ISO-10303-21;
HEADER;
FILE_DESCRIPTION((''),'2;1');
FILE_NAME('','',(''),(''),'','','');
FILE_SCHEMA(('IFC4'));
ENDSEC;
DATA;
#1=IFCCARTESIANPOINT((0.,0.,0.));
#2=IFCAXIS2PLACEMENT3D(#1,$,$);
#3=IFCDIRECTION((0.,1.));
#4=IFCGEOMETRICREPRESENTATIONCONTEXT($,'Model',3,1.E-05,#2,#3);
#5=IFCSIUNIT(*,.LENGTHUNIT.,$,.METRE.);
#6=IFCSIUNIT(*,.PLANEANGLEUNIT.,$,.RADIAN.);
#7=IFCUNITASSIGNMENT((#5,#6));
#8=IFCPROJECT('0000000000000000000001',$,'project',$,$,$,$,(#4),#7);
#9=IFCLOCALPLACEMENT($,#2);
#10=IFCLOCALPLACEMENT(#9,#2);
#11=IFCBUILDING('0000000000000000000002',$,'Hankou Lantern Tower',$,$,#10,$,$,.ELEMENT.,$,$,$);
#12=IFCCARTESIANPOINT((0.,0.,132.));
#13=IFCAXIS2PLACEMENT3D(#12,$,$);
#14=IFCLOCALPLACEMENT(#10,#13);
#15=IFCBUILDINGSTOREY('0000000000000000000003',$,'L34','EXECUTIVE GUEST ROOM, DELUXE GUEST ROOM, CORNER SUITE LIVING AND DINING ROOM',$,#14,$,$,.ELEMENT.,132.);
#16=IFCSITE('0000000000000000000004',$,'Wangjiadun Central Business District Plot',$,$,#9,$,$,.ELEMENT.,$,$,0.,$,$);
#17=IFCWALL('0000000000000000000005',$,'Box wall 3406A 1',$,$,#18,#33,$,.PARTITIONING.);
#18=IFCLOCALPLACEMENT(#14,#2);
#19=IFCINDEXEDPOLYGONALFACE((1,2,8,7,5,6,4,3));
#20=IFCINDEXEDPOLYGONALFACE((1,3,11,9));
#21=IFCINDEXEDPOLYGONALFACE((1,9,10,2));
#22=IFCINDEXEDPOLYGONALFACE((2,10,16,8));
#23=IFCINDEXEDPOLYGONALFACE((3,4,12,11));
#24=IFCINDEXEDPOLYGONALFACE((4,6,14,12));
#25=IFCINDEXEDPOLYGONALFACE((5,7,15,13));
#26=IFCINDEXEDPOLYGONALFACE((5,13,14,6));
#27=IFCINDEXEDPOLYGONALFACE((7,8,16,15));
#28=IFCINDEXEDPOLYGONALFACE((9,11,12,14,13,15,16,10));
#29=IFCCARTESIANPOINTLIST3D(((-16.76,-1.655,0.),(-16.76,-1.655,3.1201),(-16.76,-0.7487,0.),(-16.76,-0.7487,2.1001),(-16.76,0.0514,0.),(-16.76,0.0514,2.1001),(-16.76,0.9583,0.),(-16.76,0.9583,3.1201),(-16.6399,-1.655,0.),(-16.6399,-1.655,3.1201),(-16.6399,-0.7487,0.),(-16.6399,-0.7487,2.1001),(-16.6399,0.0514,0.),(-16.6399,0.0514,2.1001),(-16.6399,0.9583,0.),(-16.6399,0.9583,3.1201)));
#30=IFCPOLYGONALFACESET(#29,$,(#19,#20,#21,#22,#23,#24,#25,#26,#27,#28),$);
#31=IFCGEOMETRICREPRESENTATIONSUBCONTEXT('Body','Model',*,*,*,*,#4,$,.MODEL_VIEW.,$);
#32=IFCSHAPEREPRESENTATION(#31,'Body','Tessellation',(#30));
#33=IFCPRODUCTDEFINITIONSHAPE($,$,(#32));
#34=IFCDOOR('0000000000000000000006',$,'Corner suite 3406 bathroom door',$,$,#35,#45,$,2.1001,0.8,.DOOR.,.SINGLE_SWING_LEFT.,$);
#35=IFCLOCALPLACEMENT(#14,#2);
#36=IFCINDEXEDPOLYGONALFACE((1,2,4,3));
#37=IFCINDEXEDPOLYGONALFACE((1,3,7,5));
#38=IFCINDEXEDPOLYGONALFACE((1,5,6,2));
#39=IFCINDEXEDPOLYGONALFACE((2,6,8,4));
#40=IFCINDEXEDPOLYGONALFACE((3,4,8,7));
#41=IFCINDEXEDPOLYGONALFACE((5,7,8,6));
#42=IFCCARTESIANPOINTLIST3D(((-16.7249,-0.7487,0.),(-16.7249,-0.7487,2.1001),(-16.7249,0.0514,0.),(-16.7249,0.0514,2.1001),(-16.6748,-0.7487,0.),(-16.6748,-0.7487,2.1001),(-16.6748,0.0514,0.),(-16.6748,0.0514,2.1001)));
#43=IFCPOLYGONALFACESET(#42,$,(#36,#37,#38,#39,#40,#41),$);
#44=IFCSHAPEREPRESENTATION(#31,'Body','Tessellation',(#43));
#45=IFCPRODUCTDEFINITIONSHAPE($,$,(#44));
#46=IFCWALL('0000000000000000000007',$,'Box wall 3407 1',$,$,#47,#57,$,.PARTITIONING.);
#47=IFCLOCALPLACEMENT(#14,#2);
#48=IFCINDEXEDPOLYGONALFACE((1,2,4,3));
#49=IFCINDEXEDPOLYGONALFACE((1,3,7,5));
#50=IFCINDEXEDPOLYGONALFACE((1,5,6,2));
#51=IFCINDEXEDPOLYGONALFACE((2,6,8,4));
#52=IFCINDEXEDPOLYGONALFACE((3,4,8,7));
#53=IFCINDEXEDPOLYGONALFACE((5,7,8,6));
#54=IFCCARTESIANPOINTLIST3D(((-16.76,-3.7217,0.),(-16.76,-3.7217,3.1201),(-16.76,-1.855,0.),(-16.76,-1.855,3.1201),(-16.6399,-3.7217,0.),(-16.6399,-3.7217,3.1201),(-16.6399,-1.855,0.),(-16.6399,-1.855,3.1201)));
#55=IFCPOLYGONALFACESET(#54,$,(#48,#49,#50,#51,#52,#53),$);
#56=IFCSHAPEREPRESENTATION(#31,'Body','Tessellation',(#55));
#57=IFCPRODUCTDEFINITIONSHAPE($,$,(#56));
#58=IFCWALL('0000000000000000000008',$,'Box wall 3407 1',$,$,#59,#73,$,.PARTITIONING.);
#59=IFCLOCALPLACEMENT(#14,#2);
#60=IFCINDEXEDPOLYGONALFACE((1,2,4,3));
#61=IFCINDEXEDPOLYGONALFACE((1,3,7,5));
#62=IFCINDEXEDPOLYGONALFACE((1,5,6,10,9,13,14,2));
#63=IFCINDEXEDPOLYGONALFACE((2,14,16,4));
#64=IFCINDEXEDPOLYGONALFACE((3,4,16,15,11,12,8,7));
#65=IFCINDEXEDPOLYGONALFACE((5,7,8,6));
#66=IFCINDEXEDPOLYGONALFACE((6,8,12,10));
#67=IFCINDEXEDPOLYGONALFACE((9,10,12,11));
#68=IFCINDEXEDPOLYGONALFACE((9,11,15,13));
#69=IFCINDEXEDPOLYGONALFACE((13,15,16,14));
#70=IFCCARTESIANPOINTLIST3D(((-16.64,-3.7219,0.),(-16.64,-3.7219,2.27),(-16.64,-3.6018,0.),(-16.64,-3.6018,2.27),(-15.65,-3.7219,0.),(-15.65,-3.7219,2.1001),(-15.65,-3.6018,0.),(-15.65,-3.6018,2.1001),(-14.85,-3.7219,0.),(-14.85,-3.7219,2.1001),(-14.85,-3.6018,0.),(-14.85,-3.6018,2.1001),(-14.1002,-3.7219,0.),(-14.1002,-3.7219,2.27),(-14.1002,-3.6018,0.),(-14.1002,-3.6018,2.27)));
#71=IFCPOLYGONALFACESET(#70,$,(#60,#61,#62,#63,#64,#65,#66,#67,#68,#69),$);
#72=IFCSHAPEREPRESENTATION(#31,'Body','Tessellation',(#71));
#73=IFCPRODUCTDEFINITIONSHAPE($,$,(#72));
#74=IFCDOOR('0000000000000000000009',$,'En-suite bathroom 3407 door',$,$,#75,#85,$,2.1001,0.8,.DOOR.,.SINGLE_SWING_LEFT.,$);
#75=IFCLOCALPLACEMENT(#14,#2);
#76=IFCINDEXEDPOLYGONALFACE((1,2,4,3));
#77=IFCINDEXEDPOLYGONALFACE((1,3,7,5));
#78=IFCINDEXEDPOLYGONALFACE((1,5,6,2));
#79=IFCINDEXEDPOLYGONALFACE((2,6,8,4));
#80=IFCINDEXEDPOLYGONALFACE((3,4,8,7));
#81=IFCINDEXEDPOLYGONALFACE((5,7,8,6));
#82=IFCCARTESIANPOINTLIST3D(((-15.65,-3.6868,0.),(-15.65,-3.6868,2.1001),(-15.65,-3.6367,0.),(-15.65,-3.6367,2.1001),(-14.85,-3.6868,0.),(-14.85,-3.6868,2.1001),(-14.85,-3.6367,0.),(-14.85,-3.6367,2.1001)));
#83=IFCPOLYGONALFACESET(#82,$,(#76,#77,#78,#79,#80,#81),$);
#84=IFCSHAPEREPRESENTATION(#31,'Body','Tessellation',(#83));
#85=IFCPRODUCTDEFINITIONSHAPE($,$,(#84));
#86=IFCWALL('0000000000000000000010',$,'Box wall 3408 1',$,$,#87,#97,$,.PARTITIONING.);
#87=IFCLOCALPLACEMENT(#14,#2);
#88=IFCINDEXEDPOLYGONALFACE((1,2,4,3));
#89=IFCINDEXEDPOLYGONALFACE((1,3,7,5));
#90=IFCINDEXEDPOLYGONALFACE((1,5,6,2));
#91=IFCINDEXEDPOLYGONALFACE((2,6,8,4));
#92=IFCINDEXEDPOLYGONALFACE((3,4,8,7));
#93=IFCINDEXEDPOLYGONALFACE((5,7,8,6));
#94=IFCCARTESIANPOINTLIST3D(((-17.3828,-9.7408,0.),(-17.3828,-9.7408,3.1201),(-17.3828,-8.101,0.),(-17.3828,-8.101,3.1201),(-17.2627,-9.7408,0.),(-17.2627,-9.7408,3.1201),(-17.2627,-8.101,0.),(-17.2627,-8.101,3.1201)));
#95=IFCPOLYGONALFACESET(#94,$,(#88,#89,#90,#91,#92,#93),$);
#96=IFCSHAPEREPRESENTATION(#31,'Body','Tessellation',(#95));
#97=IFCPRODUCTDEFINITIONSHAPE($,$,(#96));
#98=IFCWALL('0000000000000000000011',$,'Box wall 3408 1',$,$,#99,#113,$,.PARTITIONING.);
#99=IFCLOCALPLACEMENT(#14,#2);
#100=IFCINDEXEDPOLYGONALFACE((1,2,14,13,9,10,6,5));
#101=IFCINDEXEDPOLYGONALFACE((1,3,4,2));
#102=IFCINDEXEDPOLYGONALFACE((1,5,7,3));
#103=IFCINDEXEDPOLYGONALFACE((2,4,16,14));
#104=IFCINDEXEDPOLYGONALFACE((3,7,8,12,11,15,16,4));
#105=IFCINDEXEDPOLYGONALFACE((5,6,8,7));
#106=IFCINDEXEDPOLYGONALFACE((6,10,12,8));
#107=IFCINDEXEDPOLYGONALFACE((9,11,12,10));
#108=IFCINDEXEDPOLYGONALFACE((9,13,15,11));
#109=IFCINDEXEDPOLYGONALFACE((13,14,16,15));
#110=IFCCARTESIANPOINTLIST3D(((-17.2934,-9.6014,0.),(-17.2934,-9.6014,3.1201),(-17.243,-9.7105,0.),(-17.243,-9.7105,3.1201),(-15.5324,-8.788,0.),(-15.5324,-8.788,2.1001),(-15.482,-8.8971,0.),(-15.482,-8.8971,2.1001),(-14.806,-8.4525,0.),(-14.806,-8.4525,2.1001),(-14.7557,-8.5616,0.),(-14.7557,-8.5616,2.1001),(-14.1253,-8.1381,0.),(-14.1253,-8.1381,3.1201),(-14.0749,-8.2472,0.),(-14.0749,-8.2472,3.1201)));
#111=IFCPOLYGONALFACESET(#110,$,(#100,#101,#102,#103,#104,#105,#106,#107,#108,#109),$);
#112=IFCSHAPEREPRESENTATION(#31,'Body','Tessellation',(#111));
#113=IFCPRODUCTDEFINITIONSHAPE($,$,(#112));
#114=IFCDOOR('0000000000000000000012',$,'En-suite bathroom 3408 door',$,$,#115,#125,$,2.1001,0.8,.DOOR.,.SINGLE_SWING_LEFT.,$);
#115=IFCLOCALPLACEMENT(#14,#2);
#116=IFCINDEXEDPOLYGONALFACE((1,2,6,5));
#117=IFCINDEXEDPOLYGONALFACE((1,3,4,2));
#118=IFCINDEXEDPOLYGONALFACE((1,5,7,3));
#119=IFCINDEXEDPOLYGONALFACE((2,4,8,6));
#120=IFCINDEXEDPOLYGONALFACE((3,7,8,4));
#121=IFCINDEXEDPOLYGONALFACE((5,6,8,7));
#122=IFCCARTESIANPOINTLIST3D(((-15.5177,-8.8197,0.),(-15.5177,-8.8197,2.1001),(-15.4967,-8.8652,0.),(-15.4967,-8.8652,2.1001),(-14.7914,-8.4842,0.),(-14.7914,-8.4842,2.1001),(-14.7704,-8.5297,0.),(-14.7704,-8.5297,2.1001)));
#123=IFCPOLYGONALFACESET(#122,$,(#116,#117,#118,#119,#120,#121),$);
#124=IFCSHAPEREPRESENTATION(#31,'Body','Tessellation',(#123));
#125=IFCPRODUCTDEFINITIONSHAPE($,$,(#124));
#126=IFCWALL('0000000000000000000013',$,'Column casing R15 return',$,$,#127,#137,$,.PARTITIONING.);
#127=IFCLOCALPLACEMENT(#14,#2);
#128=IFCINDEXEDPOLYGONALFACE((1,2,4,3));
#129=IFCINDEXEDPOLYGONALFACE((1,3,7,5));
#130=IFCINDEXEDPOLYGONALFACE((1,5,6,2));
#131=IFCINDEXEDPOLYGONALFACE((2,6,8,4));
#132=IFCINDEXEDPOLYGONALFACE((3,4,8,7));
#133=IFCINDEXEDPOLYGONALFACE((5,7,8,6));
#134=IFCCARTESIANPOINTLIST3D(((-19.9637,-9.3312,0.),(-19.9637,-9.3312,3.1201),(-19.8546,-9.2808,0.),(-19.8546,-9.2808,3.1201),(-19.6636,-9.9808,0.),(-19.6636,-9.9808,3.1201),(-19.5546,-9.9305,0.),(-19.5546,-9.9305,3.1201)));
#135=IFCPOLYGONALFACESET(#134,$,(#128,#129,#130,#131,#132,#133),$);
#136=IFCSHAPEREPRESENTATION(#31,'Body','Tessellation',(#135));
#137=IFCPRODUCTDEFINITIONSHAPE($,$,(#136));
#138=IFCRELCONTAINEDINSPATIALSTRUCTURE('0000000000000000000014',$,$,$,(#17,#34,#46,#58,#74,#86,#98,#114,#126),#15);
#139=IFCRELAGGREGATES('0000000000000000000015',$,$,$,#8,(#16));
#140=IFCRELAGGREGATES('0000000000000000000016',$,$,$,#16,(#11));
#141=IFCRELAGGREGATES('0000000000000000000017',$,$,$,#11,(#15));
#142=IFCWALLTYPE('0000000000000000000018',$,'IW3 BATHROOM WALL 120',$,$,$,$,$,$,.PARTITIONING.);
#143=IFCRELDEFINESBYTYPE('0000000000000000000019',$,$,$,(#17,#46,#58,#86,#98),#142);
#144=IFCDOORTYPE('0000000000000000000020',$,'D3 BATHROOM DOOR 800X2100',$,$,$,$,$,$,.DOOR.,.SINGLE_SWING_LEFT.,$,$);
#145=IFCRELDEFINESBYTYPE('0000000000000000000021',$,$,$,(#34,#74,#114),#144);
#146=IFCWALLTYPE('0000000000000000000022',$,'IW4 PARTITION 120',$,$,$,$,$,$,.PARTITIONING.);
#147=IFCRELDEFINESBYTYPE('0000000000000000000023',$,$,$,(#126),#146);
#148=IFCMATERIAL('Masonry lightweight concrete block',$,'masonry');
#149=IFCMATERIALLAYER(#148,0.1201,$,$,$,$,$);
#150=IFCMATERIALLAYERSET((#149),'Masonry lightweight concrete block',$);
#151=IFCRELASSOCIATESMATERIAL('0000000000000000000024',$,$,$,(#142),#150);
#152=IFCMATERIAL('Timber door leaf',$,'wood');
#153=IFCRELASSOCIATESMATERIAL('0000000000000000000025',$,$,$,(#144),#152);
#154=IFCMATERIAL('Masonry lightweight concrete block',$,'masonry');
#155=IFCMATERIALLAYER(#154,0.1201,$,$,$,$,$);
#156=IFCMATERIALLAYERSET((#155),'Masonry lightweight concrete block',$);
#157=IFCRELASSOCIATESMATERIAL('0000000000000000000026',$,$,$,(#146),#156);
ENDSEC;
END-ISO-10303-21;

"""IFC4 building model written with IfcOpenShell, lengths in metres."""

from ifc_helpers import new_model, si_unit, direction, frame, frame_2d, origin, place, context, subcontext, project, spatial, rectangle, extrude, material, layer, layer_set, type_object, element, fill, save


model = new_model("IFC4")

# Units and contexts
model_context = context("Model", 3, precision=1e-05, world=origin(), true_north=direction((0.0, 1.0)))
body_context = subcontext(model_context, "Body", "Model", "MODEL_VIEW")
ifc_project = project(units=[si_unit("LENGTHUNIT", "METRE"), si_unit("PLANEANGLEUNIT", "RADIAN")], contexts=[model_context])

# Site, building, storey
site_placement = place(None, origin())
site = spatial("IfcSite", under=ifc_project, at=site_placement, Name="Wangjiadun Central Business District Plot", CompositionType="ELEMENT", RefElevation=0.0)
building_placement = place(site_placement, origin())
building = spatial("IfcBuilding", under=site, at=building_placement, Name="Hankou Lantern Tower", CompositionType="ELEMENT")
storey_placement = place(building_placement, frame((0.0, 0.0, 132.0)))
storey = spatial("IfcBuildingStorey", under=building, at=storey_placement, Name="L34", Description="EXECUTIVE GUEST ROOM, DELUXE GUEST ROOM, CORNER SUITE LIVING AND DINING ROOM", CompositionType="ELEMENT", Elevation=132.0)

# Wall, opening, door
ifc_material_1 = material(Name="Masonry lightweight concrete block", Category="masonry")
ifc_layer_1 = layer(ifc_material_1, 0.1201)
ifc_layer_set_1 = layer_set([ifc_layer_1], Name="Masonry lightweight concrete block")
wall_type_1 = type_object("IfcWallType", Name="IW3 BATHROOM WALL 120", PredefinedType="PARTITIONING", material=ifc_layer_set_1)
wall_1_placement = place(storey_placement, frame((-16.7, -1.655, 0.0), z_axis=(0.0, 0.0, 1.0), x_axis=(0.0, 1.0, 0.0)))
wall_1 = element("IfcWall", 1, at=wall_1_placement, inside=storey, type_object=wall_type_1, Name="Box wall 3406A 1", PredefinedType="PARTITIONING", context=body_context, shape_type="SweptSolid", body=[
    extrude(rectangle(XDim=2.6133, YDim=0.1201, at=frame_2d((1.3066, 0.0))), origin(), (0.0, 0.0, 1.0), 3.1201),
])
opening_1_placement = place(wall_1_placement, frame((0.9065, 0.0, 0.0)))
opening_1 = element("IfcOpeningElement", 2, at=opening_1_placement, cuts=wall_1, PredefinedType="OPENING", context=body_context, shape_type="SweptSolid", body=[
    extrude(rectangle(XDim=0.8, YDim=2.1001, at=frame_2d((0.3999, 1.05))), frame((0.0, 0.0701, 0.0), z_axis=(0.0, -1.0, 0.0), x_axis=(1.0, 0.0, 0.0)), (0.0, 0.0, 1.0), 0.1401),
])
ifc_material_2 = material(Name="Timber door leaf", Category="wood")
door_type = type_object("IfcDoorType", Name="D3 BATHROOM DOOR 800X2100", OperationType="SINGLE_SWING_LEFT", PredefinedType="DOOR", material=ifc_material_2)
door_1_placement = place(opening_1_placement, origin())
door_1 = element("IfcDoor", 3, at=door_1_placement, inside=storey, type_object=door_type, Name="Corner suite 3406 bathroom door", OperationType="SINGLE_SWING_LEFT", OverallHeight=2.1001, OverallWidth=0.8, PredefinedType="DOOR", context=body_context, shape_type="SweptSolid", body=[
    extrude(rectangle(XDim=0.8, YDim=2.1001, at=frame_2d((0.3999, 1.05))), frame((0.0, 0.0249, 0.0), z_axis=(0.0, -1.0, 0.0), x_axis=(1.0, 0.0, 0.0)), (0.0, 0.0, 1.0), 0.05),
])
fill(opening_1, door_1)

# Wall
wall_2_placement = place(storey_placement, frame((-16.7, -1.855, 0.0), z_axis=(0.0, 0.0, 1.0), x_axis=(0.0, -1.0, 0.0)))
element("IfcWall", 4, at=wall_2_placement, inside=storey, type_object=wall_type_1, Name="Box wall 3407 1", PredefinedType="PARTITIONING", context=body_context, shape_type="SweptSolid", body=[
    extrude(rectangle(XDim=1.8667, YDim=0.1201, at=frame_2d((0.9333, 0.0))), origin(), (0.0, 0.0, 1.0), 3.1201),
])

# Wall, opening, door
wall_3_placement = place(storey_placement, frame((-14.1001, -3.6619, 0.0), z_axis=(0.0, 0.0, 1.0), x_axis=(-1.0, 0.0, 0.0)))
wall_3 = element("IfcWall", 5, at=wall_3_placement, inside=storey, type_object=wall_type_1, Name="Box wall 3407 1", PredefinedType="PARTITIONING", context=body_context, shape_type="SweptSolid", body=[
    extrude(rectangle(XDim=2.5398, YDim=0.1201, at=frame_2d((1.27, 0.0))), origin(), (0.0, 0.0, 1.0), 2.27),
])
opening_2_placement = place(wall_3_placement, frame((0.75, 0.0, 0.0)))
opening_2 = element("IfcOpeningElement", 6, at=opening_2_placement, cuts=wall_3, PredefinedType="OPENING", context=body_context, shape_type="SweptSolid", body=[
    extrude(rectangle(XDim=0.8, YDim=2.1001, at=frame_2d((0.3999, 1.05))), frame((0.0, 0.0701, 0.0), z_axis=(0.0, -1.0, 0.0), x_axis=(1.0, 0.0, 0.0)), (0.0, 0.0, 1.0), 0.1401),
])
door_2_placement = place(opening_2_placement, origin())
door_2 = element("IfcDoor", 7, at=door_2_placement, inside=storey, type_object=door_type, Name="En-suite bathroom 3407 door", OperationType="SINGLE_SWING_LEFT", OverallHeight=2.1001, OverallWidth=0.8, PredefinedType="DOOR", context=body_context, shape_type="SweptSolid", body=[
    extrude(rectangle(XDim=0.8, YDim=2.1001, at=frame_2d((0.3999, 1.05))), frame((0.0, 0.0249, 0.0), z_axis=(0.0, -1.0, 0.0), x_axis=(1.0, 0.0, 0.0)), (0.0, 0.0, 1.0), 0.05),
])
fill(opening_2, door_2)

# Wall
wall_4_placement = place(storey_placement, frame((-17.3228, -8.1011, 0.0), z_axis=(0.0, 0.0, 1.0), x_axis=(0.0, -1.0, 0.0)))
element("IfcWall", 8, at=wall_4_placement, inside=storey, type_object=wall_type_1, Name="Box wall 3408 1", PredefinedType="PARTITIONING", context=body_context, shape_type="SweptSolid", body=[
    extrude(rectangle(XDim=1.6399, YDim=0.1201, at=frame_2d((0.8198, 0.0))), origin(), (0.0, 0.0, 1.0), 3.1201),
])

# Wall, opening, door
wall_5_placement = place(storey_placement, frame((-14.1001, -8.1926, 0.0), z_axis=(0.0, 0.0, 1.0), x_axis=(-0.907836, -0.419324, 0.0)))
wall_5 = element("IfcWall", 9, at=wall_5_placement, inside=storey, type_object=wall_type_1, Name="Box wall 3408 1", PredefinedType="PARTITIONING", context=body_context, shape_type="SweptSolid", body=[
    extrude(rectangle(XDim=3.4897, YDim=0.1201, at=frame_2d((1.7449, 0.0))), origin(), (0.0, 0.0, 1.0), 3.1201),
])
opening_3_placement = place(wall_5_placement, frame((0.75, 0.0, 0.0)))
opening_3 = element("IfcOpeningElement", 10, at=opening_3_placement, cuts=wall_5, PredefinedType="OPENING", context=body_context, shape_type="SweptSolid", body=[
    extrude(rectangle(XDim=0.8, YDim=2.1001, at=frame_2d((0.3999, 1.05))), frame((0.0, 0.0701, 0.0), z_axis=(0.0, -1.0, 0.0), x_axis=(1.0, 0.0, 0.0)), (0.0, 0.0, 1.0), 0.1401),
])
door_3_placement = place(opening_3_placement, origin())
door_3 = element("IfcDoor", 11, at=door_3_placement, inside=storey, type_object=door_type, Name="En-suite bathroom 3408 door", OperationType="SINGLE_SWING_LEFT", OverallHeight=2.1001, OverallWidth=0.8, PredefinedType="DOOR", context=body_context, shape_type="SweptSolid", body=[
    extrude(rectangle(XDim=0.8, YDim=2.1001, at=frame_2d((0.3999, 1.05))), frame((0.0, 0.0249, 0.0), z_axis=(0.0, -1.0, 0.0), x_axis=(1.0, 0.0, 0.0)), (0.0, 0.0, 1.0), 0.05),
])
fill(opening_3, door_3)

# Wall
ifc_material_3 = material(Name="Masonry lightweight concrete block", Category="masonry")
ifc_layer_2 = layer(ifc_material_3, 0.1201)
ifc_layer_set_2 = layer_set([ifc_layer_2], Name="Masonry lightweight concrete block")
wall_type_2 = type_object("IfcWallType", Name="IW4 PARTITION 120", PredefinedType="PARTITIONING", material=ifc_layer_set_2)
wall_6_placement = place(storey_placement, frame((-19.9092, -9.3059, 0.0), z_axis=(0.0, 0.0, 1.0), x_axis=(0.419296, -0.90785, 0.0)))
element("IfcWall", 12, at=wall_6_placement, inside=storey, type_object=wall_type_2, Name="Column casing R15 return", PredefinedType="PARTITIONING", context=body_context, shape_type="SweptSolid", body=[
    extrude(rectangle(XDim=0.7156, YDim=0.1201, at=frame_2d((0.3579, 0.0))), origin(), (0.0, 0.0, 1.0), 3.1201),
])

save(model, "model.ifc")
